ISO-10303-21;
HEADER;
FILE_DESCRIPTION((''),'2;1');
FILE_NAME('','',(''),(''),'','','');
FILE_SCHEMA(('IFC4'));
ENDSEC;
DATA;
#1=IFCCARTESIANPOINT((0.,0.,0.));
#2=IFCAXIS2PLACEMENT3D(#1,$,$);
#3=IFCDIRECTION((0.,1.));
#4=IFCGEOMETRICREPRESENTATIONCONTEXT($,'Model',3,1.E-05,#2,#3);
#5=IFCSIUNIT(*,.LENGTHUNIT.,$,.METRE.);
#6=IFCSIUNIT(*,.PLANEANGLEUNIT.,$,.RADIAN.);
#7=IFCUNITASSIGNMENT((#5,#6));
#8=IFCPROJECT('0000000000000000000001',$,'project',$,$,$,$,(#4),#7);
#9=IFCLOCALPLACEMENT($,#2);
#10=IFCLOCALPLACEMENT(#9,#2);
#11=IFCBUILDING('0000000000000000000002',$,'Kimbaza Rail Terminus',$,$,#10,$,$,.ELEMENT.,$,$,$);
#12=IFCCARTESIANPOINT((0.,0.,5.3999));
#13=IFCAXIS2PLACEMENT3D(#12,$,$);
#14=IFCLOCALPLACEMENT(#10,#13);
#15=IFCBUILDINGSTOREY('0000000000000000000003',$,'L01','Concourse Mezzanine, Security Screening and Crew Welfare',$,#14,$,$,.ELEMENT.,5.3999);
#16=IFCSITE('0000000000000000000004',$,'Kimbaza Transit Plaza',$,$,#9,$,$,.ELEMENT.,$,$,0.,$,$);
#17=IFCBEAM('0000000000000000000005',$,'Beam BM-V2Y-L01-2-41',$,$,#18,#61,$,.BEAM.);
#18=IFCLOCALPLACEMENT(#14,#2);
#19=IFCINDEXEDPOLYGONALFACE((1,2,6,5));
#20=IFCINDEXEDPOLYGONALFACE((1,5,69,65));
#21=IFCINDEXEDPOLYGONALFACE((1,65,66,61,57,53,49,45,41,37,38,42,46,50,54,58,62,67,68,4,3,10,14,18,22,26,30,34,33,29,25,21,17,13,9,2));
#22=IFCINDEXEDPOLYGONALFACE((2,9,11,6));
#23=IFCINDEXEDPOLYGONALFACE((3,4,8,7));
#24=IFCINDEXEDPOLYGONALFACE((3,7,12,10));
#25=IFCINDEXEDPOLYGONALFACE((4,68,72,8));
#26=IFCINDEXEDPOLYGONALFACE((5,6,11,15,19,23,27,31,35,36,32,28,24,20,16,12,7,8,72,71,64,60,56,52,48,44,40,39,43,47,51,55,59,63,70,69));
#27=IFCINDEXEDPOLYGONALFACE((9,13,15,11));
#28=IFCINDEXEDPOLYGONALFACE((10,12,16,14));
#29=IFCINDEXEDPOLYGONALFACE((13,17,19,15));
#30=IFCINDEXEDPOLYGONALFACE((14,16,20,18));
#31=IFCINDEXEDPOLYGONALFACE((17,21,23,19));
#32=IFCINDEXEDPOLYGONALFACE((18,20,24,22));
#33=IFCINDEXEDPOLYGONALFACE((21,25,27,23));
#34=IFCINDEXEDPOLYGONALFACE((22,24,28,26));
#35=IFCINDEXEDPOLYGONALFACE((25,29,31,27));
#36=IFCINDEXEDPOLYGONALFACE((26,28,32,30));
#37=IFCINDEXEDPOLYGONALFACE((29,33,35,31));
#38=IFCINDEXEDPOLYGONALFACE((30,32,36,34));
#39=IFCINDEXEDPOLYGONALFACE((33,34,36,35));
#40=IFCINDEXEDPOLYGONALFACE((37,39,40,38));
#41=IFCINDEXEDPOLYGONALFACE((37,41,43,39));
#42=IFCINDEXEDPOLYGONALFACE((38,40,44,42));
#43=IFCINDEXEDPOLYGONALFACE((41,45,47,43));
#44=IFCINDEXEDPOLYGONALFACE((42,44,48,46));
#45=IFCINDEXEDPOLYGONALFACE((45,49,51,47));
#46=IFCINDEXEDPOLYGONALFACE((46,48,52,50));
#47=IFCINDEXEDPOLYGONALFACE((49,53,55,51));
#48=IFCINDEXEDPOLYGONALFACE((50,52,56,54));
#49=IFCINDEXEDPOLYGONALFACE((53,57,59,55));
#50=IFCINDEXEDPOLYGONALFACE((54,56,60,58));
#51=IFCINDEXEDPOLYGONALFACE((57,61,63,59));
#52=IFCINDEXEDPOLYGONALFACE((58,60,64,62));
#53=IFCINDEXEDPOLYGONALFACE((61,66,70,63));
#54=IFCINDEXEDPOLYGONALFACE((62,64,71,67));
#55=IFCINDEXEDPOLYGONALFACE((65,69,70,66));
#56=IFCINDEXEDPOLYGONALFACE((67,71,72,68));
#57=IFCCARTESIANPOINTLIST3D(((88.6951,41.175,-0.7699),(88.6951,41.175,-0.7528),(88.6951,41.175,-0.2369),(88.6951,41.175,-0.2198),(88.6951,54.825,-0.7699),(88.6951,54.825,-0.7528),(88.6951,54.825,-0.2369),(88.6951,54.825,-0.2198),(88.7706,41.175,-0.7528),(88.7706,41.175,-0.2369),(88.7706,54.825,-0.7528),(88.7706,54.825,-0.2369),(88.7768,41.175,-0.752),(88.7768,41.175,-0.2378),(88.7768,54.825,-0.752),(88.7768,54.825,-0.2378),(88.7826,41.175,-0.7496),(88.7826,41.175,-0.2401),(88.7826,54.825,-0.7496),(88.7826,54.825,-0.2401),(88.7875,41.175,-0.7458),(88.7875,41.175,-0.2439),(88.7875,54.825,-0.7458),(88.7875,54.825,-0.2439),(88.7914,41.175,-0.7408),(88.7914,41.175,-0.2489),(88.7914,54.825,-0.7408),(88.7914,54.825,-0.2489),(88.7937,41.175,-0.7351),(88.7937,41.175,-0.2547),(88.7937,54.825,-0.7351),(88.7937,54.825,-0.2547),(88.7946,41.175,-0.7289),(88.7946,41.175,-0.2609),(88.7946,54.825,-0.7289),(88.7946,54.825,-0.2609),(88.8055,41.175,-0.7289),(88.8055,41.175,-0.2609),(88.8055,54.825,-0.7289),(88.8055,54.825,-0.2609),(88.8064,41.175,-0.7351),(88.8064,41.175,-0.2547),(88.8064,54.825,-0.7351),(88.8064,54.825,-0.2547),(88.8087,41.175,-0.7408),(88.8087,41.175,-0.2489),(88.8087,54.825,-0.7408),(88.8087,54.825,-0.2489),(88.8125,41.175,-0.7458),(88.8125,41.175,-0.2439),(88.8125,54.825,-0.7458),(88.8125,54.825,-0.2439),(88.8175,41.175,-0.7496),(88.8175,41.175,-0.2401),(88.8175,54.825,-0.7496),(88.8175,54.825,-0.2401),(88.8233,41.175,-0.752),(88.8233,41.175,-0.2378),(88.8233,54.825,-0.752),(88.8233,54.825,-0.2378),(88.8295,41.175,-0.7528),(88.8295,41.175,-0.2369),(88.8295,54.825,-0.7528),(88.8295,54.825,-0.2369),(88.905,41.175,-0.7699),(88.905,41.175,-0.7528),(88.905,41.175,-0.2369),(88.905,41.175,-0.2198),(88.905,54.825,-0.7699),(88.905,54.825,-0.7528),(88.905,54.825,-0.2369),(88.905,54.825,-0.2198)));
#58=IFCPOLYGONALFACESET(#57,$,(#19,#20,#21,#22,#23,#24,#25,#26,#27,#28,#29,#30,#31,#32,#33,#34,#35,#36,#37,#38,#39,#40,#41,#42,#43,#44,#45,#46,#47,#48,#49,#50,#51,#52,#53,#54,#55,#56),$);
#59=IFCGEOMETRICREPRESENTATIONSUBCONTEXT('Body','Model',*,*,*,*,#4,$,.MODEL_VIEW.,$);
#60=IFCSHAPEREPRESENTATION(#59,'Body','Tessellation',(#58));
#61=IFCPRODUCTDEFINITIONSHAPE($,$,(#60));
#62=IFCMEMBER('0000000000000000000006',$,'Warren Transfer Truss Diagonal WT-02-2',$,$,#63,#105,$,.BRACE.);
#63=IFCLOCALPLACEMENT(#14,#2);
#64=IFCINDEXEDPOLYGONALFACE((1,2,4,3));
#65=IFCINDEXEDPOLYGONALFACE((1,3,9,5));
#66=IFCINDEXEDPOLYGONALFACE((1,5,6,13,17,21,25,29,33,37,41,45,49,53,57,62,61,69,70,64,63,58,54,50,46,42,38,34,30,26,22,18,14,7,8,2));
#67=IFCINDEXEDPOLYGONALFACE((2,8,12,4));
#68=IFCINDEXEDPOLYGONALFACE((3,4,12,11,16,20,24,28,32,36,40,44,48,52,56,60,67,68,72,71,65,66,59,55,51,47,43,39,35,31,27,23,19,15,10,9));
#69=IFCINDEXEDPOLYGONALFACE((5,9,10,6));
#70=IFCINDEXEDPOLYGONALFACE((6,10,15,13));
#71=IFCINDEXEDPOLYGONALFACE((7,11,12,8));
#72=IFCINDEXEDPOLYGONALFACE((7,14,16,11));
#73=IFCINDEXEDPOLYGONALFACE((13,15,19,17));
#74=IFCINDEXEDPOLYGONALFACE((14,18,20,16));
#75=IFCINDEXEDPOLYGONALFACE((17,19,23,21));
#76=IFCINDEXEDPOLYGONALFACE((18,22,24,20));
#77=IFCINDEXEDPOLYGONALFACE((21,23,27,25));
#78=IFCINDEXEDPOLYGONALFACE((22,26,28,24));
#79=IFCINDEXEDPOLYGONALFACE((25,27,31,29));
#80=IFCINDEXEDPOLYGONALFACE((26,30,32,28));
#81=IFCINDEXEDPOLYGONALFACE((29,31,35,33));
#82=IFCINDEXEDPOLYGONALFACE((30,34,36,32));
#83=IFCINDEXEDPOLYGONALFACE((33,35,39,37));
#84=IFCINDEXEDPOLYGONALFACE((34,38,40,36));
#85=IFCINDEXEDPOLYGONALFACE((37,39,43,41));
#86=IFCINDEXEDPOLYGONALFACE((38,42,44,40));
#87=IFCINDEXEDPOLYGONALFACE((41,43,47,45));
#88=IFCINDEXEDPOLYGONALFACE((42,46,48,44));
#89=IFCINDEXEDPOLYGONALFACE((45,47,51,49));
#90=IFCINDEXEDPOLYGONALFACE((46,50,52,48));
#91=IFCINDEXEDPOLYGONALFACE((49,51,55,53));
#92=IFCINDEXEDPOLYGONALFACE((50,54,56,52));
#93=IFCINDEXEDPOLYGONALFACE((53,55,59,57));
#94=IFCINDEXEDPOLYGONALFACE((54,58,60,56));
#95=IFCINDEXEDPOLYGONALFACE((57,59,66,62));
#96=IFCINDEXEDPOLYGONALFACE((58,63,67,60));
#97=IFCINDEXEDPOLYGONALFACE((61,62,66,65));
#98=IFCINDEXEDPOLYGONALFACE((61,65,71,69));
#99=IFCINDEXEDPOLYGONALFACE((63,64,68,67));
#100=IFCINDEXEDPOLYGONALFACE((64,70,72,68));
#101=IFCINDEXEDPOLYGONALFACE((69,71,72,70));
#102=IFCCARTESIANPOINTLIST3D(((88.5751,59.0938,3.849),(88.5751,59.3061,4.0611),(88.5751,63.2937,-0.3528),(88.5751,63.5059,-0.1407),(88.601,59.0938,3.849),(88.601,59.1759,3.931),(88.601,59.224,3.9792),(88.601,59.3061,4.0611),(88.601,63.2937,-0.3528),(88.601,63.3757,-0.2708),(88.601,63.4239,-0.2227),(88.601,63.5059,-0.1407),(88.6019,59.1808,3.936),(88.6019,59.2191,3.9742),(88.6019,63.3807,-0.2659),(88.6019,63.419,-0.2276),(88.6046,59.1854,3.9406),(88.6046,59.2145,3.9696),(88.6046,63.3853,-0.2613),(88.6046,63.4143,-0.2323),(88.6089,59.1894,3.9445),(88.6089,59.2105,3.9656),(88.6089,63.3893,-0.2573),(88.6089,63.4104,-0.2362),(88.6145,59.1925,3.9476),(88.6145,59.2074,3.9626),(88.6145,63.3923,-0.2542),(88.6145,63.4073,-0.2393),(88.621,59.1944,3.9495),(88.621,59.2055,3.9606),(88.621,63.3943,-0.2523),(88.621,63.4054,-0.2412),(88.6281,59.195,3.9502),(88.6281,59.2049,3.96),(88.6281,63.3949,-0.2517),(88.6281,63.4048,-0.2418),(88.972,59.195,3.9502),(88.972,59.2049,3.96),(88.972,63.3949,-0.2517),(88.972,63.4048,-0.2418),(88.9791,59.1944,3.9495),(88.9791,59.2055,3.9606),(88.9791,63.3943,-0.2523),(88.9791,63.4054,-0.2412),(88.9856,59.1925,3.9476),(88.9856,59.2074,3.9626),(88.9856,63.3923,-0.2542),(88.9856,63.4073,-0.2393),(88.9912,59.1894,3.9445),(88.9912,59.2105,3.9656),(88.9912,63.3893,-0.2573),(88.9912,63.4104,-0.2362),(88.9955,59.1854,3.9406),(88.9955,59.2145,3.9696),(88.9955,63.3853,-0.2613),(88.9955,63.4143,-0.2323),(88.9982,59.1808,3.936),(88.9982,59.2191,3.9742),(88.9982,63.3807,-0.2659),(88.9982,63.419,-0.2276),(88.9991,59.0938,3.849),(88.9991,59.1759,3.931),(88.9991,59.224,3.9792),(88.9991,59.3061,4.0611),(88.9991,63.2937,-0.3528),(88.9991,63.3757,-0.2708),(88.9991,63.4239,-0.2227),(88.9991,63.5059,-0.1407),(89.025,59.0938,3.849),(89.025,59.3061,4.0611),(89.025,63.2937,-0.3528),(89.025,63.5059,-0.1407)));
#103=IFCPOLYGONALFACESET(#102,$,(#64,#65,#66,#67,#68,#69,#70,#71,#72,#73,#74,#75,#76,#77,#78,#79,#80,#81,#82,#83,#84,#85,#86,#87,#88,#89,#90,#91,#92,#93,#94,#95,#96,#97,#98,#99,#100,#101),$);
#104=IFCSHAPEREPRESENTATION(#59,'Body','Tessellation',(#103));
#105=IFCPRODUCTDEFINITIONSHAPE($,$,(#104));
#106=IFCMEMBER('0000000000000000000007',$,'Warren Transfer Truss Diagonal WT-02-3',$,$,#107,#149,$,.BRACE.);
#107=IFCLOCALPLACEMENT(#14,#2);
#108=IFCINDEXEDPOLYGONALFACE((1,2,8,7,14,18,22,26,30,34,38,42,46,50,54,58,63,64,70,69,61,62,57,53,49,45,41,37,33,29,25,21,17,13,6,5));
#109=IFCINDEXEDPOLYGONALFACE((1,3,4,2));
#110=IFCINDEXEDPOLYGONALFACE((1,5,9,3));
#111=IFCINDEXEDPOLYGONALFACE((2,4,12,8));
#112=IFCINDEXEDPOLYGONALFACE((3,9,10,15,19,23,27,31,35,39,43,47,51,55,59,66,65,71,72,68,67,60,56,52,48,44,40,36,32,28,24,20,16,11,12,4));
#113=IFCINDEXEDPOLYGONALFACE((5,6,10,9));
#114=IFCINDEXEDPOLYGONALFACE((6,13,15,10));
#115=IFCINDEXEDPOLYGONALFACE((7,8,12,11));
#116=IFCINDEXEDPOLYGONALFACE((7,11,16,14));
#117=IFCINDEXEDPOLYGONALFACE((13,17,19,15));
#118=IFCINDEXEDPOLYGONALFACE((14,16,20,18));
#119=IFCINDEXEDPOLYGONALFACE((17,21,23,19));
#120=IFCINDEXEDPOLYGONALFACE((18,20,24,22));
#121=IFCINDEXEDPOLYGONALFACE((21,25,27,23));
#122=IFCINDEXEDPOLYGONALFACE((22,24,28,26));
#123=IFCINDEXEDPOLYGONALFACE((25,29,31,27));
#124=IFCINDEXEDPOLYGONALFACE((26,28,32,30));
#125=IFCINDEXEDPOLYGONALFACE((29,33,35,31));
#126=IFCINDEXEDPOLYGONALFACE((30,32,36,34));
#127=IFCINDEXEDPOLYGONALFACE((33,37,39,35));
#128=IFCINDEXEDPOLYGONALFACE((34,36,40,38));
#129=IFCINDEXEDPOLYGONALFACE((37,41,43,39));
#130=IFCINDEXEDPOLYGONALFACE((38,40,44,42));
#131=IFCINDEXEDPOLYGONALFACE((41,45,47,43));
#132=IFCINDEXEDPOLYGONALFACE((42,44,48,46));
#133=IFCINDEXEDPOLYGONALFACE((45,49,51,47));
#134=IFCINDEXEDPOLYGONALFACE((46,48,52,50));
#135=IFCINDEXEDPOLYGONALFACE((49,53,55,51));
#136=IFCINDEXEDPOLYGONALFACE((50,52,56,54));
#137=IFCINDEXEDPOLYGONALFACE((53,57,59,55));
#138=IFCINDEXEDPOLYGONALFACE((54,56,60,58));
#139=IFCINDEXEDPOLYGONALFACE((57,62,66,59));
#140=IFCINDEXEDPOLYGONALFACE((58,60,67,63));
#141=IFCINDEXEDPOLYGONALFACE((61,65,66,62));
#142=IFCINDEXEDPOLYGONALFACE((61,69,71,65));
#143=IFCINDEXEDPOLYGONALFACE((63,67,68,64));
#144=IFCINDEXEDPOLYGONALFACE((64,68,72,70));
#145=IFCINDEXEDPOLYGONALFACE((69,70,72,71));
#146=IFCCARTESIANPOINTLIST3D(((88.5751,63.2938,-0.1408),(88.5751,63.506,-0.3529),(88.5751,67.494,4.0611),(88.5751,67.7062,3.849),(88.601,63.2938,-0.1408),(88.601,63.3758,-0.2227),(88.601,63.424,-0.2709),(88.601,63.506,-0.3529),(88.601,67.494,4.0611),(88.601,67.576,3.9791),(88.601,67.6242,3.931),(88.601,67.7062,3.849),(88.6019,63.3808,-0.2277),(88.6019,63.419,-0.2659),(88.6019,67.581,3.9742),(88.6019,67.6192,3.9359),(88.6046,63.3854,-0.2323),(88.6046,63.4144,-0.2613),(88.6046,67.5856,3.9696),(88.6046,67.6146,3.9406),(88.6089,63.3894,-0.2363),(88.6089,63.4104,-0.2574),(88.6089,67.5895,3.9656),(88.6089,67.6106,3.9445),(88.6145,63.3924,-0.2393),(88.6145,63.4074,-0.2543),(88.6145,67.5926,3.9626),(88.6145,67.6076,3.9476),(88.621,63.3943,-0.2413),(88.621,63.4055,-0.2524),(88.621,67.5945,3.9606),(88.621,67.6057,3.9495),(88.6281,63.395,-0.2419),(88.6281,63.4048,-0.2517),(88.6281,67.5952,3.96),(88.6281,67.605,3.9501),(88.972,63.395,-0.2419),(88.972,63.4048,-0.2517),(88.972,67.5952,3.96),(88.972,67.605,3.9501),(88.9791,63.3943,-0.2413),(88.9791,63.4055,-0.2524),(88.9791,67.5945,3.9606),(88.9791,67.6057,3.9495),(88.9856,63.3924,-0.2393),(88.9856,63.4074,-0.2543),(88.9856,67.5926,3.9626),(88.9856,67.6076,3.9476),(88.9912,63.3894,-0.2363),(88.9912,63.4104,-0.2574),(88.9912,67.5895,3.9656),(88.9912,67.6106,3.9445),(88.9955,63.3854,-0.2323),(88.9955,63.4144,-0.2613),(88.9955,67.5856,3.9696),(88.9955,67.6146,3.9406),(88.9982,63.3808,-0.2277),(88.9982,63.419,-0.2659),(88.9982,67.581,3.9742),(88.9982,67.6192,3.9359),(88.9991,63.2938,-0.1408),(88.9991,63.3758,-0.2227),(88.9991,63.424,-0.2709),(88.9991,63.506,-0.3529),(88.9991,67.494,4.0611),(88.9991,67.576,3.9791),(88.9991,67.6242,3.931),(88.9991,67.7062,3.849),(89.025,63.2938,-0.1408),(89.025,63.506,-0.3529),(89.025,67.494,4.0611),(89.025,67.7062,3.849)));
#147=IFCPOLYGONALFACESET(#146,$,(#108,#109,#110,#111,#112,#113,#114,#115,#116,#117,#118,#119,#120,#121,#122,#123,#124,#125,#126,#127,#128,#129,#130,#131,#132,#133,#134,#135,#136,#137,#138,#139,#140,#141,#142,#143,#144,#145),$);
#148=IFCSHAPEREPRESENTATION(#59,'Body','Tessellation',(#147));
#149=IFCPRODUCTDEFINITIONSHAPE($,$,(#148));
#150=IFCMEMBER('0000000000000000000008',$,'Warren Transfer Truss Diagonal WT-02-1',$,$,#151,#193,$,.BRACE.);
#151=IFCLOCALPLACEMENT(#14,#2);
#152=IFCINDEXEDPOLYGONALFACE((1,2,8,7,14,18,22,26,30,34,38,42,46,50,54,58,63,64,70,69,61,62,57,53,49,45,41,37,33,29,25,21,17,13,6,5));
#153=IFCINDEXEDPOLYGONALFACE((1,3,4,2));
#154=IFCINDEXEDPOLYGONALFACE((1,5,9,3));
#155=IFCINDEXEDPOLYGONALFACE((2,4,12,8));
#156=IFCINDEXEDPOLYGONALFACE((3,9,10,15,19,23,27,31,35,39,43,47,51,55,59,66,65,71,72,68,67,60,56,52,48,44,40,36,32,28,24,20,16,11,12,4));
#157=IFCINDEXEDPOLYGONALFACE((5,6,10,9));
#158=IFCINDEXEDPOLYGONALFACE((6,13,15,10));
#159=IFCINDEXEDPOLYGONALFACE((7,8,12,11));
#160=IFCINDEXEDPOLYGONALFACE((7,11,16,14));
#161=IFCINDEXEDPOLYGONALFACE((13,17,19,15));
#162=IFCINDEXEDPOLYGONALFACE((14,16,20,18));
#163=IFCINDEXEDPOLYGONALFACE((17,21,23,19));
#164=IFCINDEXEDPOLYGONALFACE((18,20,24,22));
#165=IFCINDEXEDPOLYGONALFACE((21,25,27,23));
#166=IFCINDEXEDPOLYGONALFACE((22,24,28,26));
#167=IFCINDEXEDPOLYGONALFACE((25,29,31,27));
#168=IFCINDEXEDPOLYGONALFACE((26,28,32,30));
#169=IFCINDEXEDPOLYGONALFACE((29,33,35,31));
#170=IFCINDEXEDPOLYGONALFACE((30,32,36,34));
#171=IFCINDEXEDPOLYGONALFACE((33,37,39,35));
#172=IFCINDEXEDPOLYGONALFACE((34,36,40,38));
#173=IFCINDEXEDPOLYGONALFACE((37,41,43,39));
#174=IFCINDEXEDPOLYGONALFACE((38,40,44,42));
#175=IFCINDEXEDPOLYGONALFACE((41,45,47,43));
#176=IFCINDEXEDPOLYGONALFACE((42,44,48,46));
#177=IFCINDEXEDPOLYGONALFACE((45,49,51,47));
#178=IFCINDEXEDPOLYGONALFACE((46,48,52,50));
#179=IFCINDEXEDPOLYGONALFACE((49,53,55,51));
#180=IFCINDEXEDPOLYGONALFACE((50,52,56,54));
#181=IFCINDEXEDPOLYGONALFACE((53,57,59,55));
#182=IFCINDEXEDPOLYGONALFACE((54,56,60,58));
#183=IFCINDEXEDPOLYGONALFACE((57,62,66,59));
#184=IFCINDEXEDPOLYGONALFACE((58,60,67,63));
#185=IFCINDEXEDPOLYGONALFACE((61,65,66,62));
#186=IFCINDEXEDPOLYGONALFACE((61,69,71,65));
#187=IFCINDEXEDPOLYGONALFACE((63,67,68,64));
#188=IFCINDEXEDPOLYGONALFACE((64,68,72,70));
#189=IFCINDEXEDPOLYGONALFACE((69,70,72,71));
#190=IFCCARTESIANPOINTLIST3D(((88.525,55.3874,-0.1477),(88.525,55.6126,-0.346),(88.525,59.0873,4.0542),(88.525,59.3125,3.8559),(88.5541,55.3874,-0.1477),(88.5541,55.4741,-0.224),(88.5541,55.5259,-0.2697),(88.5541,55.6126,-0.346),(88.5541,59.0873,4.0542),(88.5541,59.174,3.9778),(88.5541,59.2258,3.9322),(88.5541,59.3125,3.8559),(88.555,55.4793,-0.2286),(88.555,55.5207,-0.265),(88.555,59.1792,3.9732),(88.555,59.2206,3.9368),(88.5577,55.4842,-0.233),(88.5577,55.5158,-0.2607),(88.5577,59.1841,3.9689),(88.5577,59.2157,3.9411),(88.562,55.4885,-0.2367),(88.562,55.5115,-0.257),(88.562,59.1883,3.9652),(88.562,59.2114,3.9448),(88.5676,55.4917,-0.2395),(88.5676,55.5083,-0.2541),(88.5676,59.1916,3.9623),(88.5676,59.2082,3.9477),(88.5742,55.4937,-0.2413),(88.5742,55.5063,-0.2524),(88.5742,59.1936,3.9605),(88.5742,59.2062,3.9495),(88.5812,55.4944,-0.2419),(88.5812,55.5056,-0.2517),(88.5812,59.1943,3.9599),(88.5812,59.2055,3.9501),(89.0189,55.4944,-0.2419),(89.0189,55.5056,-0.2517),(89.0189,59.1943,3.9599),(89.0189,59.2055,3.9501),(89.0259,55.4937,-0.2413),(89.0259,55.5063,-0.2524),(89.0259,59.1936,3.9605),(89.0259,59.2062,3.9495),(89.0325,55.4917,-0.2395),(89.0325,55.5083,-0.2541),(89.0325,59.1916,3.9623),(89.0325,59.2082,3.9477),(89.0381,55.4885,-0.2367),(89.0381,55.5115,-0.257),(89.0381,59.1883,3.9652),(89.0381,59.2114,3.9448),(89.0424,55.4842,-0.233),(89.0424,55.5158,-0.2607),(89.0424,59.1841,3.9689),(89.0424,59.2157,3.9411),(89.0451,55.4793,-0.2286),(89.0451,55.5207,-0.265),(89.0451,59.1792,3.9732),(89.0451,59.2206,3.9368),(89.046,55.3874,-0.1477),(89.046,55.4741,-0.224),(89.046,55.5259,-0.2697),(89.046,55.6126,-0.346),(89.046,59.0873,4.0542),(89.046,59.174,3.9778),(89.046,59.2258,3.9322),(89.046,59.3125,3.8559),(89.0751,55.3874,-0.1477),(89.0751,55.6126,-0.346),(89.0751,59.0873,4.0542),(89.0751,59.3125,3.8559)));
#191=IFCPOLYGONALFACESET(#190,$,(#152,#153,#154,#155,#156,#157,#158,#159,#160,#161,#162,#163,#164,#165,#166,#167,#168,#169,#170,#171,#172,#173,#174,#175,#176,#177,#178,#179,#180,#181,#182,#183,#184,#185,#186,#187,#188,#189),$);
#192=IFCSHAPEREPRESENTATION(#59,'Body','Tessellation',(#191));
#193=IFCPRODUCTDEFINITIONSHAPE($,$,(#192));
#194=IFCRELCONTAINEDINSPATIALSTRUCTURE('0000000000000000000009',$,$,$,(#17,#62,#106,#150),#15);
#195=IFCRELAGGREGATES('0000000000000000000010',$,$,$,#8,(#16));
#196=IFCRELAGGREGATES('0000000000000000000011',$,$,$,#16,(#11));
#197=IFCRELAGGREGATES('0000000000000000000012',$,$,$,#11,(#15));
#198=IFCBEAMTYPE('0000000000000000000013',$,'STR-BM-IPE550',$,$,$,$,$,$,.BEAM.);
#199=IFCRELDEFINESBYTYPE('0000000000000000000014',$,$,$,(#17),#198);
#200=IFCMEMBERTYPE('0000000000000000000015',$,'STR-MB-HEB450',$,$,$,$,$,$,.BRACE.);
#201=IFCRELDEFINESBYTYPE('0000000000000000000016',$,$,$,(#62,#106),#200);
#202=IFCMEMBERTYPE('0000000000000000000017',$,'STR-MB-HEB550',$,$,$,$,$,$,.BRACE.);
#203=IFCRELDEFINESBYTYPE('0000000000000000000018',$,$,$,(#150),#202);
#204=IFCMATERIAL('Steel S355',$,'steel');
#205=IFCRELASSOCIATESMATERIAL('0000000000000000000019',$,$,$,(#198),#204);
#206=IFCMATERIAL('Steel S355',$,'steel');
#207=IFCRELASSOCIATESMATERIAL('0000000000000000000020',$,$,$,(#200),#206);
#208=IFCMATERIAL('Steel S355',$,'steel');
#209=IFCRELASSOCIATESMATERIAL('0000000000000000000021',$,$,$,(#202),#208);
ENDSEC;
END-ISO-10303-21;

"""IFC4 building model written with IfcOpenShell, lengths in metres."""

from ifc_helpers import new_model, si_unit, direction, frame, origin, origin_2d, place, context, subcontext, project, spatial, i_section, extrude, material, material_profile, profile_set, type_object, element, save


model = new_model("IFC4")

# Units and contexts
model_context = context("Model", 3, precision=1e-05, world=origin(), true_north=direction((0.0, 1.0)))
body_context = subcontext(model_context, "Body", "Model", "MODEL_VIEW")
ifc_project = project(units=[si_unit("LENGTHUNIT", "METRE"), si_unit("PLANEANGLEUNIT", "RADIAN")], contexts=[model_context])

# Site, building, storey
site_placement = place(None, origin())
site = spatial("IfcSite", under=ifc_project, at=site_placement, Name="Kimbaza Transit Plaza", CompositionType="ELEMENT", RefElevation=0.0)
building_placement = place(site_placement, origin())
building = spatial("IfcBuilding", under=site, at=building_placement, Name="Kimbaza Rail Terminus", CompositionType="ELEMENT")
storey_placement = place(building_placement, frame((0.0, 0.0, 5.3999)))
storey = spatial("IfcBuildingStorey", under=building, at=storey_placement, Name="L01", Description="Concourse Mezzanine, Security Screening and Crew Welfare", CompositionType="ELEMENT", Elevation=5.3999)

# Beam
ifc_material_1 = material(Name="Steel S355", Category="steel")
ifc_material_profile_1 = material_profile(ifc_material_1, i_section(OverallWidth=0.21, OverallDepth=0.55, WebThickness=0.011, FlangeThickness=0.0171, FilletRadius=0.0239, at=origin_2d()), Name="IPE 550")
ifc_profile_set_1 = profile_set([ifc_material_profile_1], Name="Steel S355")
beam_type_1 = type_object("IfcBeamType", Name="STR-BM-IPE550", PredefinedType="BEAM", material=ifc_profile_set_1)
beam_1_placement = place(storey_placement, frame((88.8, 41.175, -0.4949), z_axis=(0.0, 1.0, 0.0), x_axis=(-1.0, 0.0, 0.0)))
element("IfcBeam", 1, at=beam_1_placement, inside=storey, type_object=beam_type_1, Name="Beam BM-V2Y-L01-2-41", PredefinedType="BEAM", context=body_context, shape_type="SweptSolid", body=[
    extrude(i_section(OverallWidth=0.21, OverallDepth=0.55, WebThickness=0.011, FlangeThickness=0.0171, FilletRadius=0.0239, at=origin_2d()), origin(), (0.0, 0.0, 1.0), 13.6499),
])

# Members
ifc_material_2 = material(Name="Steel S355", Category="steel")
ifc_material_profile_2 = material_profile(ifc_material_2, i_section(OverallWidth=0.3, OverallDepth=0.45, WebThickness=0.0139, FlangeThickness=0.0259, FilletRadius=0.0271, at=origin_2d()), Name="HEB 450")
ifc_profile_set_2 = profile_set([ifc_material_profile_2], Name="Steel S355")
member_type_1 = type_object("IfcMemberType", Name="STR-MB-HEB450", PredefinedType="BRACE", material=ifc_profile_set_2)
member_1_placement = place(storey_placement, frame((88.8, 59.2, 3.9551), z_axis=(0.0, 0.706942, -0.707271), x_axis=(0.0, 0.707271, 0.706942)))
element("IfcMember", 2, at=member_1_placement, inside=storey, type_object=member_type_1, Name="Warren Transfer Truss Diagonal WT-02-2", PredefinedType="BRACE", context=body_context, shape_type="SweptSolid", body=[
    extrude(i_section(OverallWidth=0.3, OverallDepth=0.45, WebThickness=0.0139, FlangeThickness=0.0259, FilletRadius=0.0271, at=origin_2d()), origin(), (0.0, 0.0, 1.0), 5.9409),
])
member_2_placement = place(storey_placement, frame((88.8, 63.3999, -0.2468), z_axis=(0.0, 0.706963, 0.707251), x_axis=(0.0, -0.707251, 0.706963)))
element("IfcMember", 3, at=member_2_placement, inside=storey, type_object=member_type_1, Name="Warren Transfer Truss Diagonal WT-02-3", PredefinedType="BRACE", context=body_context, shape_type="SweptSolid", body=[
    extrude(i_section(OverallWidth=0.3, OverallDepth=0.45, WebThickness=0.0139, FlangeThickness=0.0259, FilletRadius=0.0271, at=origin_2d()), origin(), (0.0, 0.0, 1.0), 5.9412),
])
ifc_material_3 = material(Name="Steel S355", Category="steel")
ifc_material_profile_3 = material_profile(ifc_material_3, i_section(OverallWidth=0.3, OverallDepth=0.55, WebThickness=0.0149, FlangeThickness=0.0291, FilletRadius=0.0271, at=origin_2d()), Name="HEB 550")
ifc_profile_set_3 = profile_set([ifc_material_profile_3], Name="Steel S355")
member_type_2 = type_object("IfcMemberType", Name="STR-MB-HEB550", PredefinedType="BRACE", material=ifc_profile_set_3)
member_3_placement = place(storey_placement, frame((88.8, 55.5, -0.2468), z_axis=(0.0, 0.660857, 0.750512), x_axis=(0.0, -0.750512, 0.660857)))
element("IfcMember", 4, at=member_3_placement, inside=storey, type_object=member_type_2, Name="Warren Transfer Truss Diagonal WT-02-1", PredefinedType="BRACE", context=body_context, shape_type="SweptSolid", body=[
    extrude(i_section(OverallWidth=0.3, OverallDepth=0.55, WebThickness=0.0149, FlangeThickness=0.0291, FilletRadius=0.0271, at=origin_2d()), origin(), (0.0, 0.0, 1.0), 5.5986),
])

save(model, "model.ifc")
